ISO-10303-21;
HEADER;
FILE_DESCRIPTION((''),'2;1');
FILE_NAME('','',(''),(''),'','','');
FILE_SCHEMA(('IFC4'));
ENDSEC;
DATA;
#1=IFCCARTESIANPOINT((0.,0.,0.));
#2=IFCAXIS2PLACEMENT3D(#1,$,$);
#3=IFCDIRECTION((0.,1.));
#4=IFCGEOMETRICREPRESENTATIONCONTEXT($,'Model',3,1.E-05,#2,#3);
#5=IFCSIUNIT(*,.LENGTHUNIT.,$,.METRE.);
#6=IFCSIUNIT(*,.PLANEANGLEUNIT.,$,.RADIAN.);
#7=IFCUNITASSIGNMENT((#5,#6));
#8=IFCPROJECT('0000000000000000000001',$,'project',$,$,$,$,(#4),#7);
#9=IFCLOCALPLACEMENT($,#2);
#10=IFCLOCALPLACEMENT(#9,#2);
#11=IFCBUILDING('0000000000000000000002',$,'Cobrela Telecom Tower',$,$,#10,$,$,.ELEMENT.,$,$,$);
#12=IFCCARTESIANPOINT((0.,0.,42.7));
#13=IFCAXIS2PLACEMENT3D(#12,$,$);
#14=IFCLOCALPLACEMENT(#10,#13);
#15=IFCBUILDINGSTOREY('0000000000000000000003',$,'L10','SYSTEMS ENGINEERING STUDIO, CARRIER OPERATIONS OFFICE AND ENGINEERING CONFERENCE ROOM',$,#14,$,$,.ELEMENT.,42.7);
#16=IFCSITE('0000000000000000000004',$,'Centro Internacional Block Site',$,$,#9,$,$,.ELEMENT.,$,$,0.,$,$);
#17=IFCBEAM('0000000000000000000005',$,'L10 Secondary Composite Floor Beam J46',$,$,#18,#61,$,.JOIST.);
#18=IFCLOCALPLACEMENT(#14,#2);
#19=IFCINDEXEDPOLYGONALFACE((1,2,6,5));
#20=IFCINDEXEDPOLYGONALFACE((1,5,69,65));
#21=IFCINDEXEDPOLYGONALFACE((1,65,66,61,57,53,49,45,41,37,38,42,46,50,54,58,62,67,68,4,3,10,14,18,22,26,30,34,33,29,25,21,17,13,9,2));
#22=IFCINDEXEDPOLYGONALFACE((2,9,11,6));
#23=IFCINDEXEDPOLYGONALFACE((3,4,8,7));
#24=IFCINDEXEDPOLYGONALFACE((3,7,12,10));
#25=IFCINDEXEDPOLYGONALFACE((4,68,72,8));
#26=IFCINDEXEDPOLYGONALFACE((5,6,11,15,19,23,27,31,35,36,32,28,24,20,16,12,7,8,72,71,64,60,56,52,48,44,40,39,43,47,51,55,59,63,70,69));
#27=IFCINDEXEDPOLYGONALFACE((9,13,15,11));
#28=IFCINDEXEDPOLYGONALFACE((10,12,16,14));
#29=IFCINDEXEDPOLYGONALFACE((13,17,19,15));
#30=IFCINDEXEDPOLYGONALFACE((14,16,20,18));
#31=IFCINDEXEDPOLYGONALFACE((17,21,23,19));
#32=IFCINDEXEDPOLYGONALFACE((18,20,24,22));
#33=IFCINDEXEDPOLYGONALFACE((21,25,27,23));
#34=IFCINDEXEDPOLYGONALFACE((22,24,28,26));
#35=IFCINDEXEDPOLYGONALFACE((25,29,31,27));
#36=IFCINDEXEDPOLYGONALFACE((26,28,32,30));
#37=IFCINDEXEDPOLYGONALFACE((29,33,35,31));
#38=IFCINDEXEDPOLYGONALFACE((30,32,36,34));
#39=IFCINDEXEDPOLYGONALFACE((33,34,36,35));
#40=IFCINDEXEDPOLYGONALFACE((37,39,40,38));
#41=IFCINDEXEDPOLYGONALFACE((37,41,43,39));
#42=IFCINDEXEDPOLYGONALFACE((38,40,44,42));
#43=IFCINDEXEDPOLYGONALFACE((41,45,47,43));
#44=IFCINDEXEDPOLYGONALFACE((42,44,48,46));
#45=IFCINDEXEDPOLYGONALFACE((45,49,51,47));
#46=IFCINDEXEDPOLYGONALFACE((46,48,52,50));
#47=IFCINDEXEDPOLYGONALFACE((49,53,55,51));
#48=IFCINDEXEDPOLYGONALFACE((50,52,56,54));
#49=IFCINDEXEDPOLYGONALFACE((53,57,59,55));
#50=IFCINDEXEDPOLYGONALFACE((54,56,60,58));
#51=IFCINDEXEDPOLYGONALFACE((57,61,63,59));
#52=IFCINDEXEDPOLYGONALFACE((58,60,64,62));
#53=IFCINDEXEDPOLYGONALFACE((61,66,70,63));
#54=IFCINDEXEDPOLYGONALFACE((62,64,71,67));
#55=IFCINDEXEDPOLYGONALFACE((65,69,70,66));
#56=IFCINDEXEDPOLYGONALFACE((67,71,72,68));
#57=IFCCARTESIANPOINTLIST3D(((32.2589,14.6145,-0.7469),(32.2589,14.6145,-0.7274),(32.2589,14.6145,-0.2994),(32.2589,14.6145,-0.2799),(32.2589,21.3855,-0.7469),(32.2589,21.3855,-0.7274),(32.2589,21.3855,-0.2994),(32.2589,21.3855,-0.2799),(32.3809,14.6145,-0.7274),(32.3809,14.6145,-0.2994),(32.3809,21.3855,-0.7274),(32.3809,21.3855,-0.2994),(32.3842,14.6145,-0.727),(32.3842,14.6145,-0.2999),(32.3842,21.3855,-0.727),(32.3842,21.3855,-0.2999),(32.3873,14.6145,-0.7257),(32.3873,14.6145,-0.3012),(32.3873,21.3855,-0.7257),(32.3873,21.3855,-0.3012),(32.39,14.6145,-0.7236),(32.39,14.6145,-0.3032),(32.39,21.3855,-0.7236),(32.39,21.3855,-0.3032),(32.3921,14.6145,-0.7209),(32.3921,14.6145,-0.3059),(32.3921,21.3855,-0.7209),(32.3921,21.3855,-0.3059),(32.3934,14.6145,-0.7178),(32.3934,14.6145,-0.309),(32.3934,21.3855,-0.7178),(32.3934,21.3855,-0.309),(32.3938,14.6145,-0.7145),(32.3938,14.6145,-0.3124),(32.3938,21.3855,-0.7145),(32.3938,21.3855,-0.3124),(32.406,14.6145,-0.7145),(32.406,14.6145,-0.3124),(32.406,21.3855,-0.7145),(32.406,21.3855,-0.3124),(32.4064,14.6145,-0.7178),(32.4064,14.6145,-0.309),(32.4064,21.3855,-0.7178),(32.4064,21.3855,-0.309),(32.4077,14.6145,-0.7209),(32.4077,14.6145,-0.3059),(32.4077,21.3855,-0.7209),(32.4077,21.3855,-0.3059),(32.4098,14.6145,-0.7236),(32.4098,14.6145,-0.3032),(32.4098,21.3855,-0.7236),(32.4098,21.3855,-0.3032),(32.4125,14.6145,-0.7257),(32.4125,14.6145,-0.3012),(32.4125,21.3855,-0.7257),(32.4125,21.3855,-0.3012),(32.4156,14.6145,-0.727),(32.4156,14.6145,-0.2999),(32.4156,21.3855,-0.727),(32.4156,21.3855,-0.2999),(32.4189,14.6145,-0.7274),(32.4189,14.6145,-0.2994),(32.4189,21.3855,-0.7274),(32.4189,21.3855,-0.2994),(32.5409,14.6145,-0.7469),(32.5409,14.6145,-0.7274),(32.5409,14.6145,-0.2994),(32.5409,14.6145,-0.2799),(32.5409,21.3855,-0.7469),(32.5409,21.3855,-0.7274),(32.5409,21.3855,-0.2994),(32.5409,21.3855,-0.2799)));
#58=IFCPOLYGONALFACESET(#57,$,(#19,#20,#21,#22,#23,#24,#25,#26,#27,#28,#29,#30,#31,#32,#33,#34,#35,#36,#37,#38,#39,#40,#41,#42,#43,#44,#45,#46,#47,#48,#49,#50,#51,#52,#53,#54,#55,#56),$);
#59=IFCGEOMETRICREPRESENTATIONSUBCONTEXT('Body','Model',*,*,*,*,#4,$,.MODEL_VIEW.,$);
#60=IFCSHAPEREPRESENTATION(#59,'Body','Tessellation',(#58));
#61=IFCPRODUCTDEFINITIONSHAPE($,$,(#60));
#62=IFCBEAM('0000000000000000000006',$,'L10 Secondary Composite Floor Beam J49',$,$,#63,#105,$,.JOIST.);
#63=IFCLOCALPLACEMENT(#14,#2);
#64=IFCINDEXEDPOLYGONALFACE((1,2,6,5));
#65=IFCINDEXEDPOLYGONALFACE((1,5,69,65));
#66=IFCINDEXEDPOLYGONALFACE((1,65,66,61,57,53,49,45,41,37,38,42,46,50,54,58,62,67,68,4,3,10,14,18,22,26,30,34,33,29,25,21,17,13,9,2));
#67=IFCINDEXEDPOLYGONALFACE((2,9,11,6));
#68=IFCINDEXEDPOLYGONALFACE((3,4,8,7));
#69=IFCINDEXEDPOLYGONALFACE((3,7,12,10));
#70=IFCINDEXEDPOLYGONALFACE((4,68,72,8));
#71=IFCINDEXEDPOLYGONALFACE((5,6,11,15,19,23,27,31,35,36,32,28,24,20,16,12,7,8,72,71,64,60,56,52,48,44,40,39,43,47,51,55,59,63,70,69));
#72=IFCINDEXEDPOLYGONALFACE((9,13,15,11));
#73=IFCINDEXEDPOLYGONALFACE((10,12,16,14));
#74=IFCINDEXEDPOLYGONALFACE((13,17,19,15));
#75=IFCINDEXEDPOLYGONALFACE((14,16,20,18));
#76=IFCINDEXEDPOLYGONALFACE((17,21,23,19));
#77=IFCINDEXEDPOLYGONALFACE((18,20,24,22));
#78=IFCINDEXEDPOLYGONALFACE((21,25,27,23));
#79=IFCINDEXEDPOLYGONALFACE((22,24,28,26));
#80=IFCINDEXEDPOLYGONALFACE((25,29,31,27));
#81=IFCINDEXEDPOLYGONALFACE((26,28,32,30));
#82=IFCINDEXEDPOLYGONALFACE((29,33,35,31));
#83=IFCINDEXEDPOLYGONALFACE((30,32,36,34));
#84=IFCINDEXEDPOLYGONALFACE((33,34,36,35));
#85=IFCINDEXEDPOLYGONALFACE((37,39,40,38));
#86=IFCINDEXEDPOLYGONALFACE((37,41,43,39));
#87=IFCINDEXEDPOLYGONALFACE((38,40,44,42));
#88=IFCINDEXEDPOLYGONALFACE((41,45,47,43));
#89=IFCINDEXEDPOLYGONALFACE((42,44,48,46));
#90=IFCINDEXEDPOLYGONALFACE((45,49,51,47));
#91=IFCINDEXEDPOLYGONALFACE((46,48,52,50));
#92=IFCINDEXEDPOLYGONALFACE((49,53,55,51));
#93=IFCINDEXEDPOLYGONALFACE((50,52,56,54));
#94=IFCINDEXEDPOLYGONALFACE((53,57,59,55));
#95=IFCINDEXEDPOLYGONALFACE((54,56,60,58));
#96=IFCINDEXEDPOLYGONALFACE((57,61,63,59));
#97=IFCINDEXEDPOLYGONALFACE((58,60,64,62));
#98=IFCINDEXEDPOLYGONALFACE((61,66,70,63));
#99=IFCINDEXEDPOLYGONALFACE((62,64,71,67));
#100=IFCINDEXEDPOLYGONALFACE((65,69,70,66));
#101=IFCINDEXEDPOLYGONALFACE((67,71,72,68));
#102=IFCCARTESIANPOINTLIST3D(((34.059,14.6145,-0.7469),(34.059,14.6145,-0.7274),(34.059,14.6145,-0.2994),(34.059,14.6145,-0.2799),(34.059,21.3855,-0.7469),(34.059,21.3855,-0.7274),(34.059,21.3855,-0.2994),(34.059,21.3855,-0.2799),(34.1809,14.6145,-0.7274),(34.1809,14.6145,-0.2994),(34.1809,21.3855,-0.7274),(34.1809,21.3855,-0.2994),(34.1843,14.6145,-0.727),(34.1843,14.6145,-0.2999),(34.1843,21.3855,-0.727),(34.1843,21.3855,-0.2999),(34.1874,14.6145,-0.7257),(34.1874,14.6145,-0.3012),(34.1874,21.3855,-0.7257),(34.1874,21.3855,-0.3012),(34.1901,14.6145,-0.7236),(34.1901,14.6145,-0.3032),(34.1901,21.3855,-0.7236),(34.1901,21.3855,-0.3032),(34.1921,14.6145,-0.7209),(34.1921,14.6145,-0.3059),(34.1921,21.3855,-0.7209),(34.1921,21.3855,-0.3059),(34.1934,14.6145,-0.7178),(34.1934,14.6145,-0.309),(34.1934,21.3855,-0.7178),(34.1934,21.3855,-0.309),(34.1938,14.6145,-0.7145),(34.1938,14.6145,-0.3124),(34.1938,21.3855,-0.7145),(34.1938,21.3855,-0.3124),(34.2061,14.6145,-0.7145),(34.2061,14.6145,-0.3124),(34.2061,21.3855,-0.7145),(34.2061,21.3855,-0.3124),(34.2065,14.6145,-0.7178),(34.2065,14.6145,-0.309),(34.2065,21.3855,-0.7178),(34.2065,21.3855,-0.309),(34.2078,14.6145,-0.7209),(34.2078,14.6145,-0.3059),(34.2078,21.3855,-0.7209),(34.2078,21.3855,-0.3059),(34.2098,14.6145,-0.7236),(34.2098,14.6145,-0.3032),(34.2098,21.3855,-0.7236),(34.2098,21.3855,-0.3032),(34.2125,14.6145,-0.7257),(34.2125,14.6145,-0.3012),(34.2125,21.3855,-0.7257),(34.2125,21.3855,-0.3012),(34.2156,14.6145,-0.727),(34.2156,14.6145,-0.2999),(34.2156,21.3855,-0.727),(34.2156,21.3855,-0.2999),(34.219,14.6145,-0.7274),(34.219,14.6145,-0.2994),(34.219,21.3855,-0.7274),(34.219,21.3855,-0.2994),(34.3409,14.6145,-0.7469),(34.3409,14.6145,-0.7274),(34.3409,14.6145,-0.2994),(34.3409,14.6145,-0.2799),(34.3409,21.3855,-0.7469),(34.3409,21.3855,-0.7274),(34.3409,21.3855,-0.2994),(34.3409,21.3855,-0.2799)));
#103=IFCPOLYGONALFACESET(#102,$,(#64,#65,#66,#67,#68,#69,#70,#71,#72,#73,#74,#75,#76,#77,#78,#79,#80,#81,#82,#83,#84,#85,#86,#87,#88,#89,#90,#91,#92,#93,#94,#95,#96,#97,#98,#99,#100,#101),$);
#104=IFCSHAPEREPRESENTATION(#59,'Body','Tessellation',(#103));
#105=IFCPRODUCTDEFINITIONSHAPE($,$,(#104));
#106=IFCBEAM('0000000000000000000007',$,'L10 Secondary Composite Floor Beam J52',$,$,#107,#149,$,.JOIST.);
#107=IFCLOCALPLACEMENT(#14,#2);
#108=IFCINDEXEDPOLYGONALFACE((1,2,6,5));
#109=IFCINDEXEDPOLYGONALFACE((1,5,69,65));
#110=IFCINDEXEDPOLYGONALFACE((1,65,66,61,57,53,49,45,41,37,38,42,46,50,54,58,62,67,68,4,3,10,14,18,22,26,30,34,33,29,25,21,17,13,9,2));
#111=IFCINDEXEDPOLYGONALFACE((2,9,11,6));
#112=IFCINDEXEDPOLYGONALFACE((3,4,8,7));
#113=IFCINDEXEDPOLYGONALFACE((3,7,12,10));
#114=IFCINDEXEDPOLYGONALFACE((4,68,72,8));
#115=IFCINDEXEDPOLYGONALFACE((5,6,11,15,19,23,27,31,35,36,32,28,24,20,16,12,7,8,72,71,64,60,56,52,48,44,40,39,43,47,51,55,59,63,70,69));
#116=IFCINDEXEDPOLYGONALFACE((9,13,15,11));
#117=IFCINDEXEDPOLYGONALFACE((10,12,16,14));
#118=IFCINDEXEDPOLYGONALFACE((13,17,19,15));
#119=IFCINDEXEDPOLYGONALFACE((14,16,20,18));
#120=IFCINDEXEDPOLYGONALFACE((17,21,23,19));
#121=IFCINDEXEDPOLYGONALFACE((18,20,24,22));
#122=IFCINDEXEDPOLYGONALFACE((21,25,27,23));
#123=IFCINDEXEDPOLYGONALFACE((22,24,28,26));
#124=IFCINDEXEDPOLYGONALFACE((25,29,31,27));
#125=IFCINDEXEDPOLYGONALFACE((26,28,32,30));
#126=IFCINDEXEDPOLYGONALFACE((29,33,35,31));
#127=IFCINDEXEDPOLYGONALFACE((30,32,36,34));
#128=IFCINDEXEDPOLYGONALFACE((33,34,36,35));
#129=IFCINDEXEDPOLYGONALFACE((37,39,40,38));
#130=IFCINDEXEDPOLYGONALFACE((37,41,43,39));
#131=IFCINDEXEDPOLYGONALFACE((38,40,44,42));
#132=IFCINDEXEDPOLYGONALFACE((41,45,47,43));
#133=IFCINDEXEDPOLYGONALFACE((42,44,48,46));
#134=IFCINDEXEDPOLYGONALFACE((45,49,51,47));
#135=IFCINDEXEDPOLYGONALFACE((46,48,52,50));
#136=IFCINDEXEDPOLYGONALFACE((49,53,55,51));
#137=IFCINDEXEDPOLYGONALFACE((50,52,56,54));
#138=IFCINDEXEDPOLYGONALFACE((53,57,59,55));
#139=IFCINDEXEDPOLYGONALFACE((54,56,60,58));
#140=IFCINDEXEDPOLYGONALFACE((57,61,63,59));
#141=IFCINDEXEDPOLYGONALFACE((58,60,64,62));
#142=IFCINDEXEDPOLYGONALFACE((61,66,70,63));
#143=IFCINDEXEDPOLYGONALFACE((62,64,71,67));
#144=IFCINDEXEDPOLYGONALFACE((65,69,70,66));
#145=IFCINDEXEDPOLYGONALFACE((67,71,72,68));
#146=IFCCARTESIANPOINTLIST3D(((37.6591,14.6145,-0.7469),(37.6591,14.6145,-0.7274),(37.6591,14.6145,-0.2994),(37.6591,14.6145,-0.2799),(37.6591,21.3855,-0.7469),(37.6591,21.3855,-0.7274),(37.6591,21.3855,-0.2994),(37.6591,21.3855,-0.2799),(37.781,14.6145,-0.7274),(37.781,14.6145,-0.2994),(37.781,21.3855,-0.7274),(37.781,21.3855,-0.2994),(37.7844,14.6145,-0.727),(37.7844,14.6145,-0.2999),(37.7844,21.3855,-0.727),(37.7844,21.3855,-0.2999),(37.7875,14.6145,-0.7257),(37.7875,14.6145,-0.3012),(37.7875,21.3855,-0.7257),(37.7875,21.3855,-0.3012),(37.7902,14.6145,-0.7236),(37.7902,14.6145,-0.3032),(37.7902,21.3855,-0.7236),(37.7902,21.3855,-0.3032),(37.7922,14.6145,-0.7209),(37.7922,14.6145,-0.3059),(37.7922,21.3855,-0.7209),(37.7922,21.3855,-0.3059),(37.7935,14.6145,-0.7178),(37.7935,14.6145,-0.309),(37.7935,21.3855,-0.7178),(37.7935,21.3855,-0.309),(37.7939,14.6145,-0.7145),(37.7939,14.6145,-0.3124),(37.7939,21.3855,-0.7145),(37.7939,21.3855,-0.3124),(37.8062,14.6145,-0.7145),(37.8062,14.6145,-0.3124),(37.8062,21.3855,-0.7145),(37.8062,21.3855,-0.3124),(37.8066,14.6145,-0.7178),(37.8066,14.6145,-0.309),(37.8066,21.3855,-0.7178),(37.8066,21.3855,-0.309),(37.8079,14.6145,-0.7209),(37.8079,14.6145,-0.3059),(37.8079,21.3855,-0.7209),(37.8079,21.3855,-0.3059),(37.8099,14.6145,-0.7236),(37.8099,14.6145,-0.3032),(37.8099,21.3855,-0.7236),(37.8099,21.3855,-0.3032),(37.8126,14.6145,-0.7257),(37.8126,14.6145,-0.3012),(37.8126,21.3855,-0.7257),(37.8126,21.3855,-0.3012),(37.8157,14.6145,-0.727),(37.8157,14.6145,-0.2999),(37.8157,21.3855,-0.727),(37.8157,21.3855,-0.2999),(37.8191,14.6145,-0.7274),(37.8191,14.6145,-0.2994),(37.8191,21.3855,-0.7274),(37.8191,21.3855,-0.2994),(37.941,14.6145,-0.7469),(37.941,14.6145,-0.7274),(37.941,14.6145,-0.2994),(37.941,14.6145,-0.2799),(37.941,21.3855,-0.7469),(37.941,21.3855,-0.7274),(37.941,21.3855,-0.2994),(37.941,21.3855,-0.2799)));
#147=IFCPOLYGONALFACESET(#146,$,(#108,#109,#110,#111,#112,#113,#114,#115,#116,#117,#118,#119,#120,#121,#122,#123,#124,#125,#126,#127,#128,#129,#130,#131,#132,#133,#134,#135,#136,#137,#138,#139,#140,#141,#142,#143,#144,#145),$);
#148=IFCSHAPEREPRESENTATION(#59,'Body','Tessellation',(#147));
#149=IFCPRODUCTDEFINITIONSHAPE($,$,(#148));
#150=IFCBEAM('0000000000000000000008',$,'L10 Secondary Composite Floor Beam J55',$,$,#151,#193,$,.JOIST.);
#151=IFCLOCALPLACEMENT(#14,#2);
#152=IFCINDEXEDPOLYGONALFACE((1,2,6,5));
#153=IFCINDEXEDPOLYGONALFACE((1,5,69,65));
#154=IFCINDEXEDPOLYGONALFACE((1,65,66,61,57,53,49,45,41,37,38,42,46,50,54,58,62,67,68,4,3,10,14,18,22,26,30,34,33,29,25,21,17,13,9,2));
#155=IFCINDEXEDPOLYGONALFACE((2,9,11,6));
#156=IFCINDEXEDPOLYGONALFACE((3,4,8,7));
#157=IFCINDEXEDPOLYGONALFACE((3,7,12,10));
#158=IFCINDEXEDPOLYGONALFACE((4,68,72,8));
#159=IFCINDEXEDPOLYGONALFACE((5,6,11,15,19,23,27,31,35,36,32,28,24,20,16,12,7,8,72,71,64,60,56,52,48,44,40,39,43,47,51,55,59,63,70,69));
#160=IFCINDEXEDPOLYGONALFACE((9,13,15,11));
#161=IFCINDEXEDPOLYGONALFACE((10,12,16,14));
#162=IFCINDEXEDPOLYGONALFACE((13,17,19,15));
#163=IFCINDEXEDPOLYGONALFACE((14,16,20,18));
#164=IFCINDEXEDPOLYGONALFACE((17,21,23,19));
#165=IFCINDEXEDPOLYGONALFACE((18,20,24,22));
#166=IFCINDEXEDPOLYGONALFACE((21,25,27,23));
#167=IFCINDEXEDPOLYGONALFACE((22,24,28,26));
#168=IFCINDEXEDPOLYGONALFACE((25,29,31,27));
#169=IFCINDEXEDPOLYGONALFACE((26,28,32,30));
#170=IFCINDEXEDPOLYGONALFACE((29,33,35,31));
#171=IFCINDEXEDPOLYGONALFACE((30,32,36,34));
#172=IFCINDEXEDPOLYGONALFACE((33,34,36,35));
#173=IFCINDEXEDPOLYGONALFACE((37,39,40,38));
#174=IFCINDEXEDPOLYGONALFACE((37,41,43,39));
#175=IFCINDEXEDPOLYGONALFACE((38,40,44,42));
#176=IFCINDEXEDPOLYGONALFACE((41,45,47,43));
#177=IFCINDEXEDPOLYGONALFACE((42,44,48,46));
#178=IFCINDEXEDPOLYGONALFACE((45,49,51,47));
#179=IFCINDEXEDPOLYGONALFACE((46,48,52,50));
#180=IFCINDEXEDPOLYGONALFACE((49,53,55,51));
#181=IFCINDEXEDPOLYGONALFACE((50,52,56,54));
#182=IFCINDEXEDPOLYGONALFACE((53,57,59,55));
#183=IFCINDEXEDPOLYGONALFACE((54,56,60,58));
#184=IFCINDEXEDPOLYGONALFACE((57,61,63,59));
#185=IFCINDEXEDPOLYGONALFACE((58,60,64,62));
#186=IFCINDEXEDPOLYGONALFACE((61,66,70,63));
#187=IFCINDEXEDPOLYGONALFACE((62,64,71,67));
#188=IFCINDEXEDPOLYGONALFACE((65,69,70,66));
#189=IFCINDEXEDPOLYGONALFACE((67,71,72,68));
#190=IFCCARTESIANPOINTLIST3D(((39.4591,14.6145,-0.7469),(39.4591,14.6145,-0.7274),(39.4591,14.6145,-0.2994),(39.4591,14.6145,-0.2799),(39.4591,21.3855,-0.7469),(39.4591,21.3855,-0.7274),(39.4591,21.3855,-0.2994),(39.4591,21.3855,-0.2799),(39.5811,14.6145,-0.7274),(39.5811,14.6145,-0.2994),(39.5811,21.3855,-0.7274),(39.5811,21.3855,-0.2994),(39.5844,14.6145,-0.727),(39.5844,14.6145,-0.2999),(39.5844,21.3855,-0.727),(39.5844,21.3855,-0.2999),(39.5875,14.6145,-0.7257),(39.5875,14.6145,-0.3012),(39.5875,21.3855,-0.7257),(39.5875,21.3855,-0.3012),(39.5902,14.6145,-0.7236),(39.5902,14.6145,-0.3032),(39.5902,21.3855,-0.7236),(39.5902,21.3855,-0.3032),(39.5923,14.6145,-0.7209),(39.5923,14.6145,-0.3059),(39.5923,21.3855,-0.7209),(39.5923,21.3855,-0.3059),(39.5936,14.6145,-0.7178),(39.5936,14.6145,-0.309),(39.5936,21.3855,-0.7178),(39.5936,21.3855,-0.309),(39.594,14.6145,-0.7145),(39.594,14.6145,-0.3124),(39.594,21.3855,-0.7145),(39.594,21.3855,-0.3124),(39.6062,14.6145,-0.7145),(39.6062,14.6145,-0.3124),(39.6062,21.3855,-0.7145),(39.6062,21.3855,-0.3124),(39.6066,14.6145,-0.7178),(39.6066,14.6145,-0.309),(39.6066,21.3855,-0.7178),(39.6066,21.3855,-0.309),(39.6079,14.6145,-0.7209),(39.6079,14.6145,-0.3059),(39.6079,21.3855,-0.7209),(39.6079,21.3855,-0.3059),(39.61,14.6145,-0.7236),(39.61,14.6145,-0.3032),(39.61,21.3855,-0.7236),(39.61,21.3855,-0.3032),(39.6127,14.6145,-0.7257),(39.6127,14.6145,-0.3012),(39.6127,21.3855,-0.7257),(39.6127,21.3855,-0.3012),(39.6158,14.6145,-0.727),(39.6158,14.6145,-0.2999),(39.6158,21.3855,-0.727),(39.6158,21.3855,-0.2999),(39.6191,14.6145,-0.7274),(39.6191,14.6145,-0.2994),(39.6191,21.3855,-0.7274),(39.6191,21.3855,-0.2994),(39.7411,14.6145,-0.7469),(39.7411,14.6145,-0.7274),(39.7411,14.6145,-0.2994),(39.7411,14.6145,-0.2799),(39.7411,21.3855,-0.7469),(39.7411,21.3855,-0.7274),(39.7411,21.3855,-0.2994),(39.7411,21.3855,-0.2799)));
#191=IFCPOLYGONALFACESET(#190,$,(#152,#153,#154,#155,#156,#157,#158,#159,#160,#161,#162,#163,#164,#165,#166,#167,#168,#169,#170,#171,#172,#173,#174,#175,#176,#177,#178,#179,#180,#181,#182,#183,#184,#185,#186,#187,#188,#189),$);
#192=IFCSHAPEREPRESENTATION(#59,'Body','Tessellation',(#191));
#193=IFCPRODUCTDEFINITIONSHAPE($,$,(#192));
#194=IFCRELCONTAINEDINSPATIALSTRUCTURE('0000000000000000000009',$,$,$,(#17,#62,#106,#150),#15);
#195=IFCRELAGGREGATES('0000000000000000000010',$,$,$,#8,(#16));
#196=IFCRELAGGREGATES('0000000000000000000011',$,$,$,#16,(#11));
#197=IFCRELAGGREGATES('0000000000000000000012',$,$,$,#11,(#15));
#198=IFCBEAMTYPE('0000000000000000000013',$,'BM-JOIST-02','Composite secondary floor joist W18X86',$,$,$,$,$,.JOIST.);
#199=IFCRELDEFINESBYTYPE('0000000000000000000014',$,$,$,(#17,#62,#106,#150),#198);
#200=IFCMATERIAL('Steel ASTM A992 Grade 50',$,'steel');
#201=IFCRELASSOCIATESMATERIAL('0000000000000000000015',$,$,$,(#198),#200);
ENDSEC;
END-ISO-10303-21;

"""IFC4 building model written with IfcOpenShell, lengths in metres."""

from ifc_helpers import new_model, si_unit, direction, frame, origin, origin_2d, place, context, subcontext, project, spatial, i_section, extrude, material, material_profile, profile_set, type_object, element, save


model = new_model("IFC4")

# Units and contexts
model_context = context("Model", 3, precision=1e-05, world=origin(), true_north=direction((0.0, 1.0)))
body_context = subcontext(model_context, "Body", "Model", "MODEL_VIEW")
ifc_project = project(units=[si_unit("LENGTHUNIT", "METRE"), si_unit("PLANEANGLEUNIT", "RADIAN")], contexts=[model_context])

# Site, building, storey
site_placement = place(None, origin())
site = spatial("IfcSite", under=ifc_project, at=site_placement, Name="Centro Internacional Block Site", CompositionType="ELEMENT", RefElevation=0.0)
building_placement = place(site_placement, origin())
building = spatial("IfcBuilding", under=site, at=building_placement, Name="Cobrela Telecom Tower", CompositionType="ELEMENT")
storey_placement = place(building_placement, frame((0.0, 0.0, 42.7)))
storey = spatial("IfcBuildingStorey", under=building, at=storey_placement, Name="L10", Description="SYSTEMS ENGINEERING STUDIO, CARRIER OPERATIONS OFFICE AND ENGINEERING CONFERENCE ROOM", CompositionType="ELEMENT", Elevation=42.7)

# Shared definitions
ifc_material_1 = material(Name="Steel ASTM A992 Grade 50", Category="steel")

# Beams
ifc_material_profile_1 = material_profile(ifc_material_1, i_section(OverallWidth=0.282, OverallDepth=0.467, WebThickness=0.0122, FlangeThickness=0.0195, FilletRadius=0.0129, at=origin_2d()), Name="W18X86")
ifc_profile_set_1 = profile_set([ifc_material_profile_1], Name="Steel ASTM A992 Grade 50")
beam_type_1 = type_object("IfcBeamType", Name="BM-JOIST-02", Description="Composite secondary floor joist W18X86", PredefinedType="JOIST", material=ifc_profile_set_1)
for number, where, z_axis, x_axis, name in (
    (1, (32.3999, 14.6145, -0.5134), (0.0, 1.0, 0.0), (-1.0, 0.0, 0.0), "L10 Secondary Composite Floor Beam J46"),
    (2, (34.2, 14.6145, -0.5134), (0.0, 1.0, 0.0), (-1.0, 0.0, 0.0), "L10 Secondary Composite Floor Beam J49"),
    (3, (37.8, 14.6145, -0.5134), (0.0, 1.0, 0.0), (-1.0, 0.0, 0.0), "L10 Secondary Composite Floor Beam J52"),
    (4, (39.6001, 14.6145, -0.5134), (0.0, 1.0, 0.0), (-1.0, 0.0, 0.0), "L10 Secondary Composite Floor Beam J55"),
):
    element("IfcBeam", number, at=place(storey_placement, frame(where, z_axis=z_axis, x_axis=x_axis)), inside=storey, type_object=beam_type_1, Name=name, PredefinedType="JOIST", context=body_context, shape_type="SweptSolid", body=[
        extrude(i_section(OverallWidth=0.282, OverallDepth=0.467, WebThickness=0.0122, FlangeThickness=0.0195, FilletRadius=0.0129, at=origin_2d()), origin(), (0.0, 0.0, 1.0), 6.771),
    ])

save(model, "model.ifc")
